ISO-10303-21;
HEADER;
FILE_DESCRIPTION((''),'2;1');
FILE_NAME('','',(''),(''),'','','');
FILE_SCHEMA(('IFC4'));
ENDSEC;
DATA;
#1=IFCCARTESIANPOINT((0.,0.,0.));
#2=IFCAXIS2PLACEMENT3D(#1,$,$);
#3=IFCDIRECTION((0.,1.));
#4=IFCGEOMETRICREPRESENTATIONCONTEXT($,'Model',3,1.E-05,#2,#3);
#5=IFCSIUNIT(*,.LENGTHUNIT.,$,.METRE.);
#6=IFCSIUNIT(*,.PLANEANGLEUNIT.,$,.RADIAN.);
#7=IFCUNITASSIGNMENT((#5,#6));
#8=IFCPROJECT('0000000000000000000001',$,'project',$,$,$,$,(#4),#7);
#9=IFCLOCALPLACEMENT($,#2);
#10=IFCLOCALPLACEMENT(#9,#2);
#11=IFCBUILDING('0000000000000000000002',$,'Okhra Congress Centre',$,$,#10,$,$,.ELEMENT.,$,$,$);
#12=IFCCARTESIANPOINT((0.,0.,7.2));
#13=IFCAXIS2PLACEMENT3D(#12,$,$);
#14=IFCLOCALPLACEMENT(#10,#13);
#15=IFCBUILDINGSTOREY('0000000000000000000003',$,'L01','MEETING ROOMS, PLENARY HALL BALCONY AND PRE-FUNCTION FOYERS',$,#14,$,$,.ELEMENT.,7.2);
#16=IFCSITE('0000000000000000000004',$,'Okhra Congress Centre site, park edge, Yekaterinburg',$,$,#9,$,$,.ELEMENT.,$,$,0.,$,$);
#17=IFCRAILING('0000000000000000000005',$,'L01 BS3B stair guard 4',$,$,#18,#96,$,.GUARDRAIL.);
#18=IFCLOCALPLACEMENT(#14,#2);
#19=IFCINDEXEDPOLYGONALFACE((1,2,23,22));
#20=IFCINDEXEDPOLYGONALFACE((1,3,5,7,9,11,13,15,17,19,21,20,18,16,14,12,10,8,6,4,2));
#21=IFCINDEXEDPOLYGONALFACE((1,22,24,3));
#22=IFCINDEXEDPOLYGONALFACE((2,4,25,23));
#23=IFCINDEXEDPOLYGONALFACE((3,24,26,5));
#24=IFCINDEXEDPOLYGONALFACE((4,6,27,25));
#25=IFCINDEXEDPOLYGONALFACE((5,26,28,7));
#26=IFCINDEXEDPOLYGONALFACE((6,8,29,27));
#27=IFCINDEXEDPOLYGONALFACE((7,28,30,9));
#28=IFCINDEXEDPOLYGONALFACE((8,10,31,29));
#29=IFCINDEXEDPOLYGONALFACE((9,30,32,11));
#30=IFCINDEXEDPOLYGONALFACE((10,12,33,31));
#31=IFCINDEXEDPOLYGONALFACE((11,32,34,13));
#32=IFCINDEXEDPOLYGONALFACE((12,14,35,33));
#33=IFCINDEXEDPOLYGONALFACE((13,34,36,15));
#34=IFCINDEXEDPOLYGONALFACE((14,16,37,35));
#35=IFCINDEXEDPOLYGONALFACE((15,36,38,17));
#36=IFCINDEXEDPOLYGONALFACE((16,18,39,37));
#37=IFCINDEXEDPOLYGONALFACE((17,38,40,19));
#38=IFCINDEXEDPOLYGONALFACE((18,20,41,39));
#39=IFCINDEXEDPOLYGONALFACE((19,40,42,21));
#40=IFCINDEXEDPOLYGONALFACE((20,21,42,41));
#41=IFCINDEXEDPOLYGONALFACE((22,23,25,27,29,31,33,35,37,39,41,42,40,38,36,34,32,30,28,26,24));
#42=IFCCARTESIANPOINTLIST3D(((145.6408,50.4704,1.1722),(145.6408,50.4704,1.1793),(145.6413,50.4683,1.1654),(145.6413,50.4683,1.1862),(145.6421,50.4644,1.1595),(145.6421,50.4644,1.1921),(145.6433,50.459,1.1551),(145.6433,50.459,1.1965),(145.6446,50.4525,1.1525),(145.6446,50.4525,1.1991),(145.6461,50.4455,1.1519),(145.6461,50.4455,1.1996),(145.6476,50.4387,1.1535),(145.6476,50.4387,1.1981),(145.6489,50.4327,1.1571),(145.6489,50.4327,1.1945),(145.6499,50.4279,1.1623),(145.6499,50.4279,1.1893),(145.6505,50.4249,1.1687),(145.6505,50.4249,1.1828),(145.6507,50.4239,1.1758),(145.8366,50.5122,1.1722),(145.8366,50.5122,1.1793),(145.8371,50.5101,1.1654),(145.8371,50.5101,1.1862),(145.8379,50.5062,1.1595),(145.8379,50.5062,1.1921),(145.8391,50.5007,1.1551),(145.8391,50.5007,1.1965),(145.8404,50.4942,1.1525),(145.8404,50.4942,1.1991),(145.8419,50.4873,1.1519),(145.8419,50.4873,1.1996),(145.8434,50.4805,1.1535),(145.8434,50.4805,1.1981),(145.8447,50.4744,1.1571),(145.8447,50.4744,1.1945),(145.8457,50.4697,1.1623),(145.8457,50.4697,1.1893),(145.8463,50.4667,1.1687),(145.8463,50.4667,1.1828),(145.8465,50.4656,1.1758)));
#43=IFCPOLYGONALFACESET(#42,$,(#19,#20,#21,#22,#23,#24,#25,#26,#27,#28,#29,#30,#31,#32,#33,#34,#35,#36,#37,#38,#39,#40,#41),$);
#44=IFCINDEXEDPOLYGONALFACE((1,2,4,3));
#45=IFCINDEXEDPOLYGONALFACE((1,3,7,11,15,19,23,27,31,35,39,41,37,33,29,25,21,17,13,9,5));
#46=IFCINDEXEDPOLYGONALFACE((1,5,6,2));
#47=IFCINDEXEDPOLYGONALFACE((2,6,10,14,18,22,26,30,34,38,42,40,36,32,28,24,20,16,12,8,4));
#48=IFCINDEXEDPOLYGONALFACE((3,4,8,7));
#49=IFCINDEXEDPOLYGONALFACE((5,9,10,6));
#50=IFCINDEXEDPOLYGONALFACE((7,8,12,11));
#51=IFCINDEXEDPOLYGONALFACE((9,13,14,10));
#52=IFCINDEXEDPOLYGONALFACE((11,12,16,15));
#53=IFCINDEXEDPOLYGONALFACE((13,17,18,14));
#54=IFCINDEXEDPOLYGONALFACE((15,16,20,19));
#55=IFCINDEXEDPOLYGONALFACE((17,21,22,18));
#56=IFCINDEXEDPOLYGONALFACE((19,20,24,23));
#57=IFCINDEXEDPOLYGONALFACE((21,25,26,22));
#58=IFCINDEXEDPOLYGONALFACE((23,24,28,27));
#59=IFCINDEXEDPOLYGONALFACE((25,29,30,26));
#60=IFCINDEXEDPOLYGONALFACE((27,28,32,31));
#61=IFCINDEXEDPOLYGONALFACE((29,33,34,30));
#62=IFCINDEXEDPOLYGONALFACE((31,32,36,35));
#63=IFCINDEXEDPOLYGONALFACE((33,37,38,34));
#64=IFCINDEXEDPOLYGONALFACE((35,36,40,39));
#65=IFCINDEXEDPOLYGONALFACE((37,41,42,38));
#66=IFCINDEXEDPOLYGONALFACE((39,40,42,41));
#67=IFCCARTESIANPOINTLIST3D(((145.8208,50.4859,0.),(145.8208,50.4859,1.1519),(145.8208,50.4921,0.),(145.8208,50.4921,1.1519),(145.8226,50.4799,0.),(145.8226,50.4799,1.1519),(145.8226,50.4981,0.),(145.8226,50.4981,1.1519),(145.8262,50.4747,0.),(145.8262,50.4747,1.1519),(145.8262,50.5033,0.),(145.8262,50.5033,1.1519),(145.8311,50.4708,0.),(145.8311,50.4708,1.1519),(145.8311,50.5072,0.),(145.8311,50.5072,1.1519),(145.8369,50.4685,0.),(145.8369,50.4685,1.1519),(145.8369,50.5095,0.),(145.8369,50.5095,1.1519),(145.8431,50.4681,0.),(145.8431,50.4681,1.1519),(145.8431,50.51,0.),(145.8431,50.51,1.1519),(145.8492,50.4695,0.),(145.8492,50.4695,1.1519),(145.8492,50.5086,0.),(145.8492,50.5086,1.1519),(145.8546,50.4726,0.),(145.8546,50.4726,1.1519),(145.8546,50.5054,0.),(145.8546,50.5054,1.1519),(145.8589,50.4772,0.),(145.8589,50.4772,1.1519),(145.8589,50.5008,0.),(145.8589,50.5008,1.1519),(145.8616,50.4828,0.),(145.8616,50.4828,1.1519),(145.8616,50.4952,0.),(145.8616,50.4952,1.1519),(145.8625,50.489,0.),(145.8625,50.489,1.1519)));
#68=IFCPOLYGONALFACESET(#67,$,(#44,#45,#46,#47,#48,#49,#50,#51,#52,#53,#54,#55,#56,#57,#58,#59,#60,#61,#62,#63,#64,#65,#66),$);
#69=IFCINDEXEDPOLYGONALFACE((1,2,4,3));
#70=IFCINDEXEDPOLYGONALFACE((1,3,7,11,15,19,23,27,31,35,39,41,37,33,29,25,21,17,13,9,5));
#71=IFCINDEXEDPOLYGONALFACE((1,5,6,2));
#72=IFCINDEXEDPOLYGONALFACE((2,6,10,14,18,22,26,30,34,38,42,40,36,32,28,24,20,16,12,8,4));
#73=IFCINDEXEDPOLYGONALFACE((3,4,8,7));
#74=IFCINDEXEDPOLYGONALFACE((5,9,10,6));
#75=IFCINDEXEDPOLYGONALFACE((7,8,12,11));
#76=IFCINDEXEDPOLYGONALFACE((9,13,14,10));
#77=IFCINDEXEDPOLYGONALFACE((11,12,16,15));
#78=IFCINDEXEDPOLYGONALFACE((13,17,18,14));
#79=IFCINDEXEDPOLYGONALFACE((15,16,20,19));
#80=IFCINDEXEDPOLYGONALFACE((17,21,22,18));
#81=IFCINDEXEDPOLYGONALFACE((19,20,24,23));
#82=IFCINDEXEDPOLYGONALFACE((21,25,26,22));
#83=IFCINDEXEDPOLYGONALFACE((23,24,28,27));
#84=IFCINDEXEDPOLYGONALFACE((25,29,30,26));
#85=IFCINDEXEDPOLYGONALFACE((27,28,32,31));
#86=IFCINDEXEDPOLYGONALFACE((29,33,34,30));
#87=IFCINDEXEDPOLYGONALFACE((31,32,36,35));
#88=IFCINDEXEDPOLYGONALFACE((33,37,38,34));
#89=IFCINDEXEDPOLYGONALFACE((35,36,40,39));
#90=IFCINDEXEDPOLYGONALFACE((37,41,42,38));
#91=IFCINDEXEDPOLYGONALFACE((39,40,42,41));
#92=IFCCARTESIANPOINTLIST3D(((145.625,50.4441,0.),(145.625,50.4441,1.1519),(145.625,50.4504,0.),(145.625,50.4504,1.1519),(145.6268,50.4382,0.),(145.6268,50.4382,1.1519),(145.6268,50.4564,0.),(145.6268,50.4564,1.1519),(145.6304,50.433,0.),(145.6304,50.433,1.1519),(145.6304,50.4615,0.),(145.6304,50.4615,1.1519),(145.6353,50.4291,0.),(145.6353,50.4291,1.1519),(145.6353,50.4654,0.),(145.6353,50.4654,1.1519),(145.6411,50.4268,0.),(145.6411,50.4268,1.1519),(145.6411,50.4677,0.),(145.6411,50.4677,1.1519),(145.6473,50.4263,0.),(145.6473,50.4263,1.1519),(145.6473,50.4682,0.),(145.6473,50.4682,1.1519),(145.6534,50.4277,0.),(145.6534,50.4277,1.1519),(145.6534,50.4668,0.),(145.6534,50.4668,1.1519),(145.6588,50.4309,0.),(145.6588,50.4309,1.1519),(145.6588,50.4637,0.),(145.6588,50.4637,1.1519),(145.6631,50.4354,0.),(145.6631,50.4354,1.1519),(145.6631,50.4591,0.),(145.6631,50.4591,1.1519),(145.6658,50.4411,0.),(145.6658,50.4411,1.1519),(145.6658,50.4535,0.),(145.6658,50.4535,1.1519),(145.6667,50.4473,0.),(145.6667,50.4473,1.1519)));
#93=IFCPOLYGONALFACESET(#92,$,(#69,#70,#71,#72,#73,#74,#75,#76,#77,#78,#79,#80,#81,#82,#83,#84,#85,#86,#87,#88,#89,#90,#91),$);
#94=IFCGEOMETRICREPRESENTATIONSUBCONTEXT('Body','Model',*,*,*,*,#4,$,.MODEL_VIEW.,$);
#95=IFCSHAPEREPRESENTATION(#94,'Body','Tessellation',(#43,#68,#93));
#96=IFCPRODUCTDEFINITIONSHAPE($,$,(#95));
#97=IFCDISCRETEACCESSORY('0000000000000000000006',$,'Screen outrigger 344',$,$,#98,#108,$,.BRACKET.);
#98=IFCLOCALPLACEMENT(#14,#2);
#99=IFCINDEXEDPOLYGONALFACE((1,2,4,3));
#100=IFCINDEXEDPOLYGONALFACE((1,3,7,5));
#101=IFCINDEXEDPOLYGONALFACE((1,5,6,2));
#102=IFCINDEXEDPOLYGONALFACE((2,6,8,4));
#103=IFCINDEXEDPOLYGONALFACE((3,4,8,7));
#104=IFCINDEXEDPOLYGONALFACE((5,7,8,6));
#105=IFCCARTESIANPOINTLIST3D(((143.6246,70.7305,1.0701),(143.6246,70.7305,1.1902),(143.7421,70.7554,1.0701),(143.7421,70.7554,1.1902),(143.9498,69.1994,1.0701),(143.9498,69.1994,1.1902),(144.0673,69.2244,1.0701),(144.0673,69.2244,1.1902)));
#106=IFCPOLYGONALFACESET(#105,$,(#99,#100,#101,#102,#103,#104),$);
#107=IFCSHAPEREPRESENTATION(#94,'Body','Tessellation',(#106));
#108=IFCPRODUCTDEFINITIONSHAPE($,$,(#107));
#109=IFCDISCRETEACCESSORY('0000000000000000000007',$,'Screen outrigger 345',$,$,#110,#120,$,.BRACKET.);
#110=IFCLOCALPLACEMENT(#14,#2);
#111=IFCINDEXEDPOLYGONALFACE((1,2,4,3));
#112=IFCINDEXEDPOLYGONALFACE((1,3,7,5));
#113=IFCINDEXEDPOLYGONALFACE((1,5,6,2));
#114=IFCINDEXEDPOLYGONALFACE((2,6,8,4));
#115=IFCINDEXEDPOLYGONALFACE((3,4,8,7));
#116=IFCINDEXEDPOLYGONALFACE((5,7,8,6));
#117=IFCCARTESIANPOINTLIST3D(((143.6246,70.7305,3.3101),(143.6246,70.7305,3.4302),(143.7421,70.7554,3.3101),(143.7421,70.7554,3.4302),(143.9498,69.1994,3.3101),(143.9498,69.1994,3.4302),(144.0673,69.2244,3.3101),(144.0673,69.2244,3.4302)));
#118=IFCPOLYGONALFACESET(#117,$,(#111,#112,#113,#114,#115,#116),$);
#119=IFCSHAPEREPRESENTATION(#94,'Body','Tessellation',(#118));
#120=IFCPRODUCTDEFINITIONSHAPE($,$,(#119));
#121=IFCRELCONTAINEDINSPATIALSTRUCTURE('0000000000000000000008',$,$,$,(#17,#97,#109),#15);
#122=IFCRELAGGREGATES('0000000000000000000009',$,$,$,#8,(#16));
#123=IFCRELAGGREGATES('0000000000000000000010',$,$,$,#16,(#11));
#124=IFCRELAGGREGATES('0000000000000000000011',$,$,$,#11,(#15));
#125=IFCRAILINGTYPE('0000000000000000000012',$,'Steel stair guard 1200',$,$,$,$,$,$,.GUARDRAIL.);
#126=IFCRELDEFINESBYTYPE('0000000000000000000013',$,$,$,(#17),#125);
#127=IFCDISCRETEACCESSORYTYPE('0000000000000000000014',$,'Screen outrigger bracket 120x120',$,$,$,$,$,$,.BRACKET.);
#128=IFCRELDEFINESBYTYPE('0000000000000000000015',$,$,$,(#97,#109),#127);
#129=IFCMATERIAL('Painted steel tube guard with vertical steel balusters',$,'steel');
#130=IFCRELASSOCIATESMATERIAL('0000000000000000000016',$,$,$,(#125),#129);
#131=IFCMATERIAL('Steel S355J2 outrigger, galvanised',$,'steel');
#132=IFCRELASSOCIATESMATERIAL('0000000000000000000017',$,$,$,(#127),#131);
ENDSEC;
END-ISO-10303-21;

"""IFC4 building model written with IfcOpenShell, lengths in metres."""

from ifc_helpers import new_model, si_unit, direction, frame, origin, origin_2d, place, context, subcontext, project, spatial, rectangle, circle, extrude, material, material_profile, profile_set, type_object, element, save


model = new_model("IFC4")

# Units and contexts
model_context = context("Model", 3, precision=1e-05, world=origin(), true_north=direction((0.0, 1.0)))
body_context = subcontext(model_context, "Body", "Model", "MODEL_VIEW")
ifc_project = project(units=[si_unit("LENGTHUNIT", "METRE"), si_unit("PLANEANGLEUNIT", "RADIAN")], contexts=[model_context])

# Site, building, storey
site_placement = place(None, origin())
site = spatial("IfcSite", under=ifc_project, at=site_placement, Name="Okhra Congress Centre site, park edge, Yekaterinburg", CompositionType="ELEMENT", RefElevation=0.0)
building_placement = place(site_placement, origin())
building = spatial("IfcBuilding", under=site, at=building_placement, Name="Okhra Congress Centre", CompositionType="ELEMENT")
storey_placement = place(building_placement, frame((0.0, 0.0, 7.2)))
storey = spatial("IfcBuildingStorey", under=building, at=storey_placement, Name="L01", Description="MEETING ROOMS, PLENARY HALL BALCONY AND PRE-FUNCTION FOYERS", CompositionType="ELEMENT", Elevation=7.2)

# Railing
ifc_material_1 = material(Name="Painted steel tube guard with vertical steel balusters", Category="steel")
railing_type_1 = type_object("IfcRailingType", Name="Steel stair guard 1200", PredefinedType="GUARDRAIL", material=ifc_material_1)
railing_1_placement = place(storey_placement, frame((145.8416, 50.489, 0.0)))
element("IfcRailing", 1, at=railing_1_placement, inside=storey, type_object=railing_type_1, Name="L01 BS3B stair guard 4", PredefinedType="GUARDRAIL", context=body_context, shape_type="SweptSolid", body=[
    extrude(circle(Radius=0.0239, at=origin_2d()), frame((0.0, 0.0, 1.1758), z_axis=(-0.978016, -0.20853, 0.0), x_axis=(0.20853, -0.978016, 0.0)), (0.0, 0.0, 1.0), 0.2002),
    extrude(circle(Radius=0.021, at=origin_2d()), origin(), (0.0, 0.0, 1.0), 1.1519),
    extrude(circle(Radius=0.021, at=origin_2d()), frame((-0.1958, -0.0417, 0.0)), (0.0, 0.0, 1.0), 1.1519),
])

# Discrete accessories
ifc_material_2 = material(Name="Steel S355J2 outrigger, galvanised", Category="steel")
ifc_material_profile_1 = material_profile(ifc_material_2, rectangle(XDim=0.1201, YDim=0.1201, at=origin_2d()), Name="Screen outrigger bracket 120x120")
ifc_profile_set_1 = profile_set([ifc_material_profile_1], Name="Steel S355J2 outrigger, galvanised")
discrete_accessory_type = type_object("IfcDiscreteAccessoryType", Name="Screen outrigger bracket 120x120", PredefinedType="BRACKET", material=ifc_profile_set_1)
for number, where, z_axis, x_axis, name in (
    (2, (144.0085, 69.2119, 1.1301), (-0.207771, 0.978177, 0.0), (-0.978177, -0.207771, 0.0), "Screen outrigger 344"),
    (3, (144.0085, 69.2119, 3.3701), (-0.207771, 0.978177, 0.0), (-0.978177, -0.207771, 0.0), "Screen outrigger 345"),
):
    element("IfcDiscreteAccessory", number, at=place(storey_placement, frame(where, z_axis=z_axis, x_axis=x_axis)), inside=storey, type_object=discrete_accessory_type, Name=name, PredefinedType="BRACKET", context=body_context, shape_type="SweptSolid", body=[
        extrude(rectangle(XDim=0.1201, YDim=0.1201, at=origin_2d()), origin(), (0.0, 0.0, 1.0), 1.5652),
    ])

save(model, "model.ifc")
